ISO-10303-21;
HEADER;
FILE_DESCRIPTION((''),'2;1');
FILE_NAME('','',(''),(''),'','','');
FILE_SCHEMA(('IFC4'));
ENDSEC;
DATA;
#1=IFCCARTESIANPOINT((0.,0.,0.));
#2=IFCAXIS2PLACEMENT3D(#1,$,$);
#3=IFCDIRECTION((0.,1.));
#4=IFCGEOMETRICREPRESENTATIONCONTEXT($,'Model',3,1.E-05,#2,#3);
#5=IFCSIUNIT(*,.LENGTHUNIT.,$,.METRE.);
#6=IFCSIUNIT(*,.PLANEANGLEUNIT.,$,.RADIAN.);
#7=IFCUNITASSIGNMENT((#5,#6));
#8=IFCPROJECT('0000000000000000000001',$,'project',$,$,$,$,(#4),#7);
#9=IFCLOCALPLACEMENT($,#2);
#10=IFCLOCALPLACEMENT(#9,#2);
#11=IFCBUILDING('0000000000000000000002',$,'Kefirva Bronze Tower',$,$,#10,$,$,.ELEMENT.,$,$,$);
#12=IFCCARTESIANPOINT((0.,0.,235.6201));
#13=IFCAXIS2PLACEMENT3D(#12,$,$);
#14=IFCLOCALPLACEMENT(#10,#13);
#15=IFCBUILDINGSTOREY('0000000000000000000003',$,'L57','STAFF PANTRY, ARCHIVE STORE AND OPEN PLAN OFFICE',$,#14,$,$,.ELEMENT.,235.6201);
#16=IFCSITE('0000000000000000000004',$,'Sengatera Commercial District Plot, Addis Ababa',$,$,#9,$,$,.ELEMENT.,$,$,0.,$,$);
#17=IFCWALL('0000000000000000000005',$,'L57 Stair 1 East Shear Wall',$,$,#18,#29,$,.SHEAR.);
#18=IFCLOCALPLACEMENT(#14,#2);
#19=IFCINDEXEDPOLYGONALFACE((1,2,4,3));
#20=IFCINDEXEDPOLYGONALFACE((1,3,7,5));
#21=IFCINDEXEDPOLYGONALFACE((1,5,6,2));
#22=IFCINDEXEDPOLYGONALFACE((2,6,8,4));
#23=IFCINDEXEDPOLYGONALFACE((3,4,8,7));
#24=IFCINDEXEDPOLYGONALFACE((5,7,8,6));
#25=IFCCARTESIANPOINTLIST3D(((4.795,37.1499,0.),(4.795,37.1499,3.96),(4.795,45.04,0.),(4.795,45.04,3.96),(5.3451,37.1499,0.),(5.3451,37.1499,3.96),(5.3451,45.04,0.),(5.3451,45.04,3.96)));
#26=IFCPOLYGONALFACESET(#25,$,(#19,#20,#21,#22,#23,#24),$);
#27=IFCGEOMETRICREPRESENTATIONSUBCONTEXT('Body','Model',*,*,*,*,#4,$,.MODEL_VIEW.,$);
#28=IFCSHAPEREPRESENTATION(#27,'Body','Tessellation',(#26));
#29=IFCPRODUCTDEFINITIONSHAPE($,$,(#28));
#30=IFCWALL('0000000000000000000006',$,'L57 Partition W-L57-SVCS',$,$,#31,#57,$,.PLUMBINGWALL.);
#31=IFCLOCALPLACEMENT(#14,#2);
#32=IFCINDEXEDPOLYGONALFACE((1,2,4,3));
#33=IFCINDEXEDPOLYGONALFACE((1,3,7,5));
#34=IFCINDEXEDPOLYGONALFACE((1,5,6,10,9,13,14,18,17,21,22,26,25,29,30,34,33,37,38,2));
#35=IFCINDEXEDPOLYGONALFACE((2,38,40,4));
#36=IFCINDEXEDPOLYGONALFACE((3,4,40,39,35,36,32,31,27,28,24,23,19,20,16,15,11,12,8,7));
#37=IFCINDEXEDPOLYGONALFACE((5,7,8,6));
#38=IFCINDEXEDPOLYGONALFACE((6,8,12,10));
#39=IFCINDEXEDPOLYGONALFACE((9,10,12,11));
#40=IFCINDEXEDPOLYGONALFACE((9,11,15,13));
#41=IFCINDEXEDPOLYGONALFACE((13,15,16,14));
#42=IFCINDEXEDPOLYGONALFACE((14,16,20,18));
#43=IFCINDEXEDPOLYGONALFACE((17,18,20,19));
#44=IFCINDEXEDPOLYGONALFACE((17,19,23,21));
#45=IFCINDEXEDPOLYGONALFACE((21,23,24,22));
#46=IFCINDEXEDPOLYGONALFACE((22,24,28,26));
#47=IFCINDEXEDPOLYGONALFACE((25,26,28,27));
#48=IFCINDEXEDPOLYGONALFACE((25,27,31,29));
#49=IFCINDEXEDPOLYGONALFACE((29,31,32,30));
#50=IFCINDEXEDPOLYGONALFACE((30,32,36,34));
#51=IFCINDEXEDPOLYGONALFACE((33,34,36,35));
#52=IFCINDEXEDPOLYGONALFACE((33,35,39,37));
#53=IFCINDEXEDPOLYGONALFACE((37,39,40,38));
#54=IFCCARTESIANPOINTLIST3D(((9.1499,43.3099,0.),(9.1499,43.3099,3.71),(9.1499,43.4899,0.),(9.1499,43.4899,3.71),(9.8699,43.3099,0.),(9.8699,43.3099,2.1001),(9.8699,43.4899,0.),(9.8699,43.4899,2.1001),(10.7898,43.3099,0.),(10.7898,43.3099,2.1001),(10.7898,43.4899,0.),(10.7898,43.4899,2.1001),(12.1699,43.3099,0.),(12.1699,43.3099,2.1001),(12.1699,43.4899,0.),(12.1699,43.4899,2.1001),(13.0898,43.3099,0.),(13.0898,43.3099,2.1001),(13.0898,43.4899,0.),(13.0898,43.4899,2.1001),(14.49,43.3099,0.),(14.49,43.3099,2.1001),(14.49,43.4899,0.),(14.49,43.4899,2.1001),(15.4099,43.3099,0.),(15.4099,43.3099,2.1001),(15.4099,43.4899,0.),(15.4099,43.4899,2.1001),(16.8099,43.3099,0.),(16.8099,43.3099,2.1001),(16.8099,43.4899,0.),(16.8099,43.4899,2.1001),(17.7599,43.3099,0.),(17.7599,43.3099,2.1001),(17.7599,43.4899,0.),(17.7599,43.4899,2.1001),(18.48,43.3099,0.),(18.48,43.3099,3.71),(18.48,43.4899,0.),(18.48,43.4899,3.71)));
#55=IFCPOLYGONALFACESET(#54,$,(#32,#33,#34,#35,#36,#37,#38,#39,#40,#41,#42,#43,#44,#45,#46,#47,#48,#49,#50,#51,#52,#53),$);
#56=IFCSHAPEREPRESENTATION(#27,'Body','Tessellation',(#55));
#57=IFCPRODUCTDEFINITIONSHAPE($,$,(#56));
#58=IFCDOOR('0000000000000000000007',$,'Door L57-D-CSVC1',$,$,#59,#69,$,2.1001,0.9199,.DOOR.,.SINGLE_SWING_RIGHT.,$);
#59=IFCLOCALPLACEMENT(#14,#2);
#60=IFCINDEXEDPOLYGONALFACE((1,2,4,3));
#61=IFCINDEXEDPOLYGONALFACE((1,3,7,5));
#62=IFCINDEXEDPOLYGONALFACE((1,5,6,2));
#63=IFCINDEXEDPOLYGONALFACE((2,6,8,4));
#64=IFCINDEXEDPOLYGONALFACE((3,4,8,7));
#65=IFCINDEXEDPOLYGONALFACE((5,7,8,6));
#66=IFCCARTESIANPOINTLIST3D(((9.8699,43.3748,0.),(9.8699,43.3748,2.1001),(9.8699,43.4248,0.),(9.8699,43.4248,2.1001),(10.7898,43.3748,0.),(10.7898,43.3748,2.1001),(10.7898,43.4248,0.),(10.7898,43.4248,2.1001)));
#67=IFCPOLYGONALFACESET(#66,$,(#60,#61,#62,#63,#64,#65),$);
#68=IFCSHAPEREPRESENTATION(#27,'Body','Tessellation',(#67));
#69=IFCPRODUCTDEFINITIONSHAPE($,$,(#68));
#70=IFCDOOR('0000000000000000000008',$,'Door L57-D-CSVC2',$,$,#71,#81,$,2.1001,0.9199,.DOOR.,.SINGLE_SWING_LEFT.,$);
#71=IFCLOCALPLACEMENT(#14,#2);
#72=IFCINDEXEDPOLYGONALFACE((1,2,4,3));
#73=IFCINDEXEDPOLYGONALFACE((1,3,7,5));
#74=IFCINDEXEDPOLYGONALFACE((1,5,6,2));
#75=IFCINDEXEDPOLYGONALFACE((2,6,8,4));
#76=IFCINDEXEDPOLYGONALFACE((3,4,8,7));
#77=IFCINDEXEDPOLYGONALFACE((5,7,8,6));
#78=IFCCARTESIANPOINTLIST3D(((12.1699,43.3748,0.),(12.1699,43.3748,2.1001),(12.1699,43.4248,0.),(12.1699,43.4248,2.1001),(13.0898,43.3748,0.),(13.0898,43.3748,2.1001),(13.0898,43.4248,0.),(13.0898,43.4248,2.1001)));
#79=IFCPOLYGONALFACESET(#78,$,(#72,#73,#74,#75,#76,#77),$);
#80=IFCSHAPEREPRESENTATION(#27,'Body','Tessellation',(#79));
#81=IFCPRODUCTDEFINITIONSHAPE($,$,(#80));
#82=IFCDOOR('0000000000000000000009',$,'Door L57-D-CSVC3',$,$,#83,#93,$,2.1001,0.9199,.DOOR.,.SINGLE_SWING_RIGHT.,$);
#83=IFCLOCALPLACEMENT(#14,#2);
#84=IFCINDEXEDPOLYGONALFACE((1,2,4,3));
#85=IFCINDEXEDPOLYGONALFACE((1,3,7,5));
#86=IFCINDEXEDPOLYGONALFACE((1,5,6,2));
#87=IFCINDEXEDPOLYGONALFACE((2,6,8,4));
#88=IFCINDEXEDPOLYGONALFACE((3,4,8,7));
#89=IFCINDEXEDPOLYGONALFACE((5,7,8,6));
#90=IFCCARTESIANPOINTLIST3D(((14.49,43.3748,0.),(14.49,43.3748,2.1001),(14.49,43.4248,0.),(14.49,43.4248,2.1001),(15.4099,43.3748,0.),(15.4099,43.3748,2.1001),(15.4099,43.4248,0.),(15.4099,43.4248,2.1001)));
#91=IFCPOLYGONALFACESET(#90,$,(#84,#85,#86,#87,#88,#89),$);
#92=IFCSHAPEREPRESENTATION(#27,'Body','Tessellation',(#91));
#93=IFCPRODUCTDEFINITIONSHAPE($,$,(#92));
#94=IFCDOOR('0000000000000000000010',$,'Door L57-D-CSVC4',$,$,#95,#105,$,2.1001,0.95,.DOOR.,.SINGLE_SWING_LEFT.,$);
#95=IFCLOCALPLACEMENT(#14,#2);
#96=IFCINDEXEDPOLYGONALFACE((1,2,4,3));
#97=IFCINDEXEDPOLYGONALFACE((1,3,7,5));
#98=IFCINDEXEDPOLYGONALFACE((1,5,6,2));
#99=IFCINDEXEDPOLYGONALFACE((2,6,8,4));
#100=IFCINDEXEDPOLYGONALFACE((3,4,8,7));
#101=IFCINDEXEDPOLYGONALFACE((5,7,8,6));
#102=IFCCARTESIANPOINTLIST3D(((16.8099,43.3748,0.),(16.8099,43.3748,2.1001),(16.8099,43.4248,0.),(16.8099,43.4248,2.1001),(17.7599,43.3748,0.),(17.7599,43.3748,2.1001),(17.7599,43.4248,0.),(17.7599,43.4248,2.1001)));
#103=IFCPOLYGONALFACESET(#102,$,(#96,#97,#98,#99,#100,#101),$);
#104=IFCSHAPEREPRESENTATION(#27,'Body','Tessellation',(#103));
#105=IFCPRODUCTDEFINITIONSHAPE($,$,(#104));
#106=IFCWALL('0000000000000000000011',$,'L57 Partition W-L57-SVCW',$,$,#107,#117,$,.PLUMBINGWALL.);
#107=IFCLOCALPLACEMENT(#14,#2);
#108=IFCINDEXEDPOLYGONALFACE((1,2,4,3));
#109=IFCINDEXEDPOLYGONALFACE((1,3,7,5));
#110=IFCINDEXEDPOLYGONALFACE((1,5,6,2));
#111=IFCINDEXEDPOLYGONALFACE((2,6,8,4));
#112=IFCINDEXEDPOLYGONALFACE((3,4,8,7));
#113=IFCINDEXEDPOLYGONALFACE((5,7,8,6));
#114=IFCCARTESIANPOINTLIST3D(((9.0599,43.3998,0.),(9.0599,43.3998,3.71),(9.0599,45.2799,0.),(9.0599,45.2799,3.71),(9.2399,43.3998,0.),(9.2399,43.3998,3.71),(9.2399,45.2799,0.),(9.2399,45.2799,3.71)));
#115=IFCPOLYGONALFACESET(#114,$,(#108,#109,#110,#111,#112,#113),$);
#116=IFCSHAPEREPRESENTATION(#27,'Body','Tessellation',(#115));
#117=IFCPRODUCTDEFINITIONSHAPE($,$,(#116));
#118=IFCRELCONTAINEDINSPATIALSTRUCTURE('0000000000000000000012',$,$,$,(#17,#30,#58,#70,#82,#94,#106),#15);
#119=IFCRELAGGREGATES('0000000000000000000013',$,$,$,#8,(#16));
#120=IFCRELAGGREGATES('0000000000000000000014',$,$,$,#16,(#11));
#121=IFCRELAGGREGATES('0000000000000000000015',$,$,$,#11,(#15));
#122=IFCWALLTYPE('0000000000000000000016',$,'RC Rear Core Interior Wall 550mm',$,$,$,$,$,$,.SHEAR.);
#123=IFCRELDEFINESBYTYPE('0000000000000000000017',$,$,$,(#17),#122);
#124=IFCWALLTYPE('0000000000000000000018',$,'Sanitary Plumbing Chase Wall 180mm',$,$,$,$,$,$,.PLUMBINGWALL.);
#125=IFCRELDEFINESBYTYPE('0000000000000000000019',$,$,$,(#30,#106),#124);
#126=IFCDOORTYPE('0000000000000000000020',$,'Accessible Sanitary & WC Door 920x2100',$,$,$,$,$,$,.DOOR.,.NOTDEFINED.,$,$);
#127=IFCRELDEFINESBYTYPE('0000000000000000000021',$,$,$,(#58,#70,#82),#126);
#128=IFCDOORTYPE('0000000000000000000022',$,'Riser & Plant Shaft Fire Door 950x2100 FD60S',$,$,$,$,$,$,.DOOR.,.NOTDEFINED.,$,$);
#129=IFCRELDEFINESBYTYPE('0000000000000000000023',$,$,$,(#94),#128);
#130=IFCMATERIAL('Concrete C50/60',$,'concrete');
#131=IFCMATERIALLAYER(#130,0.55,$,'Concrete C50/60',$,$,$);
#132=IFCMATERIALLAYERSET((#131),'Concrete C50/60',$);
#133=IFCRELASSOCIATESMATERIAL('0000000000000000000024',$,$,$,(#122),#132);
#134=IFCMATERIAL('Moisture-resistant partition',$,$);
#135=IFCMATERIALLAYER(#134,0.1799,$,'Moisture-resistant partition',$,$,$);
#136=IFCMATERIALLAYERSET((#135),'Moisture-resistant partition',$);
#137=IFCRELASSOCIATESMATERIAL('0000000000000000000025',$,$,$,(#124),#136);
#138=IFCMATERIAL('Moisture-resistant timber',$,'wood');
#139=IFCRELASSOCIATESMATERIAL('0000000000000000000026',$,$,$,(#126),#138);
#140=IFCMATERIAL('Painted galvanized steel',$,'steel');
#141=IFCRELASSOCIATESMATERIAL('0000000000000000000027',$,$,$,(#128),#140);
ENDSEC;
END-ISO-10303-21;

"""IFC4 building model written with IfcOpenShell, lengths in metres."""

from ifc_helpers import new_model, si_unit, direction, frame, frame_2d, origin, place, context, subcontext, project, spatial, rectangle, extrude, material, layer, layer_set, type_object, element, fill, save


model = new_model("IFC4")

# Units and contexts
model_context = context("Model", 3, precision=1e-05, world=origin(), true_north=direction((0.0, 1.0)))
body_context = subcontext(model_context, "Body", "Model", "MODEL_VIEW")
ifc_project = project(units=[si_unit("LENGTHUNIT", "METRE"), si_unit("PLANEANGLEUNIT", "RADIAN")], contexts=[model_context])

# Site, building, storey
site_placement = place(None, origin())
site = spatial("IfcSite", under=ifc_project, at=site_placement, Name="Sengatera Commercial District Plot, Addis Ababa", CompositionType="ELEMENT", RefElevation=0.0)
building_placement = place(site_placement, origin())
building = spatial("IfcBuilding", under=site, at=building_placement, Name="Kefirva Bronze Tower", CompositionType="ELEMENT")
storey_placement = place(building_placement, frame((0.0, 0.0, 235.6201)))
storey = spatial("IfcBuildingStorey", under=building, at=storey_placement, Name="L57", Description="STAFF PANTRY, ARCHIVE STORE AND OPEN PLAN OFFICE", CompositionType="ELEMENT", Elevation=235.6201)

# Wall
ifc_material_1 = material(Name="Concrete C50/60", Category="concrete")
ifc_layer_1 = layer(ifc_material_1, 0.55, Name="Concrete C50/60")
ifc_layer_set_1 = layer_set([ifc_layer_1], Name="Concrete C50/60")
wall_type_1 = type_object("IfcWallType", Name="RC Rear Core Interior Wall 550mm", PredefinedType="SHEAR", material=ifc_layer_set_1)
wall_1_placement = place(storey_placement, frame((5.0701, 37.1499, 0.0), z_axis=(0.0, 0.0, 1.0), x_axis=(0.0, 1.0, 0.0)))
element("IfcWall", 1, at=wall_1_placement, inside=storey, type_object=wall_type_1, Name="L57 Stair 1 East Shear Wall", PredefinedType="SHEAR", context=body_context, shape_type="SweptSolid", body=[
    extrude(rectangle(XDim=7.8901, YDim=0.55, at=frame_2d((3.9451, 0.0))), origin(), (0.0, 0.0, 1.0), 3.96),
])

# Wall, openings, doors
ifc_material_2 = material(Name="Moisture-resistant partition")
ifc_layer_2 = layer(ifc_material_2, 0.1799, Name="Moisture-resistant partition")
ifc_layer_set_2 = layer_set([ifc_layer_2], Name="Moisture-resistant partition")
wall_type_2 = type_object("IfcWallType", Name="Sanitary Plumbing Chase Wall 180mm", PredefinedType="PLUMBINGWALL", material=ifc_layer_set_2)
wall_2_placement = place(storey_placement, frame((9.1499, 43.3999, 0.0), z_axis=(0.0, 0.0, 1.0), x_axis=(1.0, 0.0, 0.0)))
wall_2 = element("IfcWall", 2, at=wall_2_placement, inside=storey, type_object=wall_type_2, Name="L57 Partition W-L57-SVCS", PredefinedType="PLUMBINGWALL", context=body_context, shape_type="SweptSolid", body=[
    extrude(rectangle(XDim=9.3301, YDim=0.1799, at=frame_2d((4.665, 0.0))), origin(), (0.0, 0.0, 1.0), 3.71),
])
opening_1_placement = place(wall_2_placement, frame((0.72, 0.0, 0.0)))
opening_1 = element("IfcOpeningElement", 3, at=opening_1_placement, cuts=wall_2, PredefinedType="OPENING", context=body_context, shape_type="SweptSolid", body=[
    extrude(rectangle(XDim=0.9199, YDim=2.1001, at=frame_2d((0.46, 1.05))), frame((0.0, 0.1001, 0.0), z_axis=(0.0, -1.0, 0.0), x_axis=(1.0, 0.0, 0.0)), (0.0, 0.0, 1.0), 0.2),
])
opening_2_placement = place(wall_2_placement, frame((3.02, 0.0, 0.0)))
opening_2 = element("IfcOpeningElement", 4, at=opening_2_placement, cuts=wall_2, PredefinedType="OPENING", context=body_context, shape_type="SweptSolid", body=[
    extrude(rectangle(XDim=0.9199, YDim=2.1001, at=frame_2d((0.46, 1.05))), frame((0.0, 0.1001, 0.0), z_axis=(0.0, -1.0, 0.0), x_axis=(1.0, 0.0, 0.0)), (0.0, 0.0, 1.0), 0.2),
])
opening_3_placement = place(wall_2_placement, frame((5.3401, 0.0, 0.0)))
opening_3 = element("IfcOpeningElement", 5, at=opening_3_placement, cuts=wall_2, PredefinedType="OPENING", context=body_context, shape_type="SweptSolid", body=[
    extrude(rectangle(XDim=0.9199, YDim=2.1001, at=frame_2d((0.46, 1.05))), frame((0.0, 0.1001, 0.0), z_axis=(0.0, -1.0, 0.0), x_axis=(1.0, 0.0, 0.0)), (0.0, 0.0, 1.0), 0.2),
])
opening_4_placement = place(wall_2_placement, frame((7.6599, 0.0, 0.0)))
opening_4 = element("IfcOpeningElement", 6, at=opening_4_placement, cuts=wall_2, PredefinedType="OPENING", context=body_context, shape_type="SweptSolid", body=[
    extrude(rectangle(XDim=0.95, YDim=2.1001, at=frame_2d((0.4751, 1.05))), frame((0.0, 0.1001, 0.0), z_axis=(0.0, -1.0, 0.0), x_axis=(1.0, 0.0, 0.0)), (0.0, 0.0, 1.0), 0.2),
])
ifc_material_3 = material(Name="Moisture-resistant timber", Category="wood")
door_type_1 = type_object("IfcDoorType", Name="Accessible Sanitary & WC Door 920x2100", OperationType="NOTDEFINED", PredefinedType="DOOR", material=ifc_material_3)
door_1_placement = place(opening_1_placement, origin())
door_1 = element("IfcDoor", 7, at=door_1_placement, inside=storey, type_object=door_type_1, Name="Door L57-D-CSVC1", OperationType="SINGLE_SWING_RIGHT", OverallHeight=2.1001, OverallWidth=0.9199, PredefinedType="DOOR", context=body_context, shape_type="SweptSolid", body=[
    extrude(rectangle(XDim=0.9199, YDim=2.1001, at=frame_2d((0.46, 1.05))), frame((0.0, 0.0249, 0.0), z_axis=(0.0, -1.0, 0.0), x_axis=(1.0, 0.0, 0.0)), (0.0, 0.0, 1.0), 0.05),
])
fill(opening_1, door_1)
door_2_placement = place(opening_2_placement, origin())
door_2 = element("IfcDoor", 8, at=door_2_placement, inside=storey, type_object=door_type_1, Name="Door L57-D-CSVC2", OperationType="SINGLE_SWING_LEFT", OverallHeight=2.1001, OverallWidth=0.9199, PredefinedType="DOOR", context=body_context, shape_type="SweptSolid", body=[
    extrude(rectangle(XDim=0.9199, YDim=2.1001, at=frame_2d((0.46, 1.05))), frame((0.0, 0.0249, 0.0), z_axis=(0.0, -1.0, 0.0), x_axis=(1.0, 0.0, 0.0)), (0.0, 0.0, 1.0), 0.05),
])
fill(opening_2, door_2)
door_3_placement = place(opening_3_placement, origin())
door_3 = element("IfcDoor", 9, at=door_3_placement, inside=storey, type_object=door_type_1, Name="Door L57-D-CSVC3", OperationType="SINGLE_SWING_RIGHT", OverallHeight=2.1001, OverallWidth=0.9199, PredefinedType="DOOR", context=body_context, shape_type="SweptSolid", body=[
    extrude(rectangle(XDim=0.9199, YDim=2.1001, at=frame_2d((0.46, 1.05))), frame((0.0, 0.0249, 0.0), z_axis=(0.0, -1.0, 0.0), x_axis=(1.0, 0.0, 0.0)), (0.0, 0.0, 1.0), 0.05),
])
fill(opening_3, door_3)
ifc_material_4 = material(Name="Painted galvanized steel", Category="steel")
door_type_2 = type_object("IfcDoorType", Name="Riser & Plant Shaft Fire Door 950x2100 FD60S", OperationType="NOTDEFINED", PredefinedType="DOOR", material=ifc_material_4)
door_4_placement = place(opening_4_placement, origin())
door_4 = element("IfcDoor", 10, at=door_4_placement, inside=storey, type_object=door_type_2, Name="Door L57-D-CSVC4", OperationType="SINGLE_SWING_LEFT", OverallHeight=2.1001, OverallWidth=0.95, PredefinedType="DOOR", context=body_context, shape_type="SweptSolid", body=[
    extrude(rectangle(XDim=0.95, YDim=2.1001, at=frame_2d((0.4751, 1.05))), frame((0.0, 0.0249, 0.0), z_axis=(0.0, -1.0, 0.0), x_axis=(1.0, 0.0, 0.0)), (0.0, 0.0, 1.0), 0.05),
])
fill(opening_4, door_4)

# Wall
wall_3_placement = place(storey_placement, frame((9.1499, 43.3999, 0.0), z_axis=(0.0, 0.0, 1.0), x_axis=(0.0, 1.0, 0.0)))
element("IfcWall", 11, at=wall_3_placement, inside=storey, type_object=wall_type_2, Name="L57 Partition W-L57-SVCW", PredefinedType="PLUMBINGWALL", context=body_context, shape_type="SweptSolid", body=[
    extrude(rectangle(XDim=1.8801, YDim=0.1799, at=frame_2d((0.9399, 0.0))), origin(), (0.0, 0.0, 1.0), 3.71),
])

save(model, "model.ifc")
